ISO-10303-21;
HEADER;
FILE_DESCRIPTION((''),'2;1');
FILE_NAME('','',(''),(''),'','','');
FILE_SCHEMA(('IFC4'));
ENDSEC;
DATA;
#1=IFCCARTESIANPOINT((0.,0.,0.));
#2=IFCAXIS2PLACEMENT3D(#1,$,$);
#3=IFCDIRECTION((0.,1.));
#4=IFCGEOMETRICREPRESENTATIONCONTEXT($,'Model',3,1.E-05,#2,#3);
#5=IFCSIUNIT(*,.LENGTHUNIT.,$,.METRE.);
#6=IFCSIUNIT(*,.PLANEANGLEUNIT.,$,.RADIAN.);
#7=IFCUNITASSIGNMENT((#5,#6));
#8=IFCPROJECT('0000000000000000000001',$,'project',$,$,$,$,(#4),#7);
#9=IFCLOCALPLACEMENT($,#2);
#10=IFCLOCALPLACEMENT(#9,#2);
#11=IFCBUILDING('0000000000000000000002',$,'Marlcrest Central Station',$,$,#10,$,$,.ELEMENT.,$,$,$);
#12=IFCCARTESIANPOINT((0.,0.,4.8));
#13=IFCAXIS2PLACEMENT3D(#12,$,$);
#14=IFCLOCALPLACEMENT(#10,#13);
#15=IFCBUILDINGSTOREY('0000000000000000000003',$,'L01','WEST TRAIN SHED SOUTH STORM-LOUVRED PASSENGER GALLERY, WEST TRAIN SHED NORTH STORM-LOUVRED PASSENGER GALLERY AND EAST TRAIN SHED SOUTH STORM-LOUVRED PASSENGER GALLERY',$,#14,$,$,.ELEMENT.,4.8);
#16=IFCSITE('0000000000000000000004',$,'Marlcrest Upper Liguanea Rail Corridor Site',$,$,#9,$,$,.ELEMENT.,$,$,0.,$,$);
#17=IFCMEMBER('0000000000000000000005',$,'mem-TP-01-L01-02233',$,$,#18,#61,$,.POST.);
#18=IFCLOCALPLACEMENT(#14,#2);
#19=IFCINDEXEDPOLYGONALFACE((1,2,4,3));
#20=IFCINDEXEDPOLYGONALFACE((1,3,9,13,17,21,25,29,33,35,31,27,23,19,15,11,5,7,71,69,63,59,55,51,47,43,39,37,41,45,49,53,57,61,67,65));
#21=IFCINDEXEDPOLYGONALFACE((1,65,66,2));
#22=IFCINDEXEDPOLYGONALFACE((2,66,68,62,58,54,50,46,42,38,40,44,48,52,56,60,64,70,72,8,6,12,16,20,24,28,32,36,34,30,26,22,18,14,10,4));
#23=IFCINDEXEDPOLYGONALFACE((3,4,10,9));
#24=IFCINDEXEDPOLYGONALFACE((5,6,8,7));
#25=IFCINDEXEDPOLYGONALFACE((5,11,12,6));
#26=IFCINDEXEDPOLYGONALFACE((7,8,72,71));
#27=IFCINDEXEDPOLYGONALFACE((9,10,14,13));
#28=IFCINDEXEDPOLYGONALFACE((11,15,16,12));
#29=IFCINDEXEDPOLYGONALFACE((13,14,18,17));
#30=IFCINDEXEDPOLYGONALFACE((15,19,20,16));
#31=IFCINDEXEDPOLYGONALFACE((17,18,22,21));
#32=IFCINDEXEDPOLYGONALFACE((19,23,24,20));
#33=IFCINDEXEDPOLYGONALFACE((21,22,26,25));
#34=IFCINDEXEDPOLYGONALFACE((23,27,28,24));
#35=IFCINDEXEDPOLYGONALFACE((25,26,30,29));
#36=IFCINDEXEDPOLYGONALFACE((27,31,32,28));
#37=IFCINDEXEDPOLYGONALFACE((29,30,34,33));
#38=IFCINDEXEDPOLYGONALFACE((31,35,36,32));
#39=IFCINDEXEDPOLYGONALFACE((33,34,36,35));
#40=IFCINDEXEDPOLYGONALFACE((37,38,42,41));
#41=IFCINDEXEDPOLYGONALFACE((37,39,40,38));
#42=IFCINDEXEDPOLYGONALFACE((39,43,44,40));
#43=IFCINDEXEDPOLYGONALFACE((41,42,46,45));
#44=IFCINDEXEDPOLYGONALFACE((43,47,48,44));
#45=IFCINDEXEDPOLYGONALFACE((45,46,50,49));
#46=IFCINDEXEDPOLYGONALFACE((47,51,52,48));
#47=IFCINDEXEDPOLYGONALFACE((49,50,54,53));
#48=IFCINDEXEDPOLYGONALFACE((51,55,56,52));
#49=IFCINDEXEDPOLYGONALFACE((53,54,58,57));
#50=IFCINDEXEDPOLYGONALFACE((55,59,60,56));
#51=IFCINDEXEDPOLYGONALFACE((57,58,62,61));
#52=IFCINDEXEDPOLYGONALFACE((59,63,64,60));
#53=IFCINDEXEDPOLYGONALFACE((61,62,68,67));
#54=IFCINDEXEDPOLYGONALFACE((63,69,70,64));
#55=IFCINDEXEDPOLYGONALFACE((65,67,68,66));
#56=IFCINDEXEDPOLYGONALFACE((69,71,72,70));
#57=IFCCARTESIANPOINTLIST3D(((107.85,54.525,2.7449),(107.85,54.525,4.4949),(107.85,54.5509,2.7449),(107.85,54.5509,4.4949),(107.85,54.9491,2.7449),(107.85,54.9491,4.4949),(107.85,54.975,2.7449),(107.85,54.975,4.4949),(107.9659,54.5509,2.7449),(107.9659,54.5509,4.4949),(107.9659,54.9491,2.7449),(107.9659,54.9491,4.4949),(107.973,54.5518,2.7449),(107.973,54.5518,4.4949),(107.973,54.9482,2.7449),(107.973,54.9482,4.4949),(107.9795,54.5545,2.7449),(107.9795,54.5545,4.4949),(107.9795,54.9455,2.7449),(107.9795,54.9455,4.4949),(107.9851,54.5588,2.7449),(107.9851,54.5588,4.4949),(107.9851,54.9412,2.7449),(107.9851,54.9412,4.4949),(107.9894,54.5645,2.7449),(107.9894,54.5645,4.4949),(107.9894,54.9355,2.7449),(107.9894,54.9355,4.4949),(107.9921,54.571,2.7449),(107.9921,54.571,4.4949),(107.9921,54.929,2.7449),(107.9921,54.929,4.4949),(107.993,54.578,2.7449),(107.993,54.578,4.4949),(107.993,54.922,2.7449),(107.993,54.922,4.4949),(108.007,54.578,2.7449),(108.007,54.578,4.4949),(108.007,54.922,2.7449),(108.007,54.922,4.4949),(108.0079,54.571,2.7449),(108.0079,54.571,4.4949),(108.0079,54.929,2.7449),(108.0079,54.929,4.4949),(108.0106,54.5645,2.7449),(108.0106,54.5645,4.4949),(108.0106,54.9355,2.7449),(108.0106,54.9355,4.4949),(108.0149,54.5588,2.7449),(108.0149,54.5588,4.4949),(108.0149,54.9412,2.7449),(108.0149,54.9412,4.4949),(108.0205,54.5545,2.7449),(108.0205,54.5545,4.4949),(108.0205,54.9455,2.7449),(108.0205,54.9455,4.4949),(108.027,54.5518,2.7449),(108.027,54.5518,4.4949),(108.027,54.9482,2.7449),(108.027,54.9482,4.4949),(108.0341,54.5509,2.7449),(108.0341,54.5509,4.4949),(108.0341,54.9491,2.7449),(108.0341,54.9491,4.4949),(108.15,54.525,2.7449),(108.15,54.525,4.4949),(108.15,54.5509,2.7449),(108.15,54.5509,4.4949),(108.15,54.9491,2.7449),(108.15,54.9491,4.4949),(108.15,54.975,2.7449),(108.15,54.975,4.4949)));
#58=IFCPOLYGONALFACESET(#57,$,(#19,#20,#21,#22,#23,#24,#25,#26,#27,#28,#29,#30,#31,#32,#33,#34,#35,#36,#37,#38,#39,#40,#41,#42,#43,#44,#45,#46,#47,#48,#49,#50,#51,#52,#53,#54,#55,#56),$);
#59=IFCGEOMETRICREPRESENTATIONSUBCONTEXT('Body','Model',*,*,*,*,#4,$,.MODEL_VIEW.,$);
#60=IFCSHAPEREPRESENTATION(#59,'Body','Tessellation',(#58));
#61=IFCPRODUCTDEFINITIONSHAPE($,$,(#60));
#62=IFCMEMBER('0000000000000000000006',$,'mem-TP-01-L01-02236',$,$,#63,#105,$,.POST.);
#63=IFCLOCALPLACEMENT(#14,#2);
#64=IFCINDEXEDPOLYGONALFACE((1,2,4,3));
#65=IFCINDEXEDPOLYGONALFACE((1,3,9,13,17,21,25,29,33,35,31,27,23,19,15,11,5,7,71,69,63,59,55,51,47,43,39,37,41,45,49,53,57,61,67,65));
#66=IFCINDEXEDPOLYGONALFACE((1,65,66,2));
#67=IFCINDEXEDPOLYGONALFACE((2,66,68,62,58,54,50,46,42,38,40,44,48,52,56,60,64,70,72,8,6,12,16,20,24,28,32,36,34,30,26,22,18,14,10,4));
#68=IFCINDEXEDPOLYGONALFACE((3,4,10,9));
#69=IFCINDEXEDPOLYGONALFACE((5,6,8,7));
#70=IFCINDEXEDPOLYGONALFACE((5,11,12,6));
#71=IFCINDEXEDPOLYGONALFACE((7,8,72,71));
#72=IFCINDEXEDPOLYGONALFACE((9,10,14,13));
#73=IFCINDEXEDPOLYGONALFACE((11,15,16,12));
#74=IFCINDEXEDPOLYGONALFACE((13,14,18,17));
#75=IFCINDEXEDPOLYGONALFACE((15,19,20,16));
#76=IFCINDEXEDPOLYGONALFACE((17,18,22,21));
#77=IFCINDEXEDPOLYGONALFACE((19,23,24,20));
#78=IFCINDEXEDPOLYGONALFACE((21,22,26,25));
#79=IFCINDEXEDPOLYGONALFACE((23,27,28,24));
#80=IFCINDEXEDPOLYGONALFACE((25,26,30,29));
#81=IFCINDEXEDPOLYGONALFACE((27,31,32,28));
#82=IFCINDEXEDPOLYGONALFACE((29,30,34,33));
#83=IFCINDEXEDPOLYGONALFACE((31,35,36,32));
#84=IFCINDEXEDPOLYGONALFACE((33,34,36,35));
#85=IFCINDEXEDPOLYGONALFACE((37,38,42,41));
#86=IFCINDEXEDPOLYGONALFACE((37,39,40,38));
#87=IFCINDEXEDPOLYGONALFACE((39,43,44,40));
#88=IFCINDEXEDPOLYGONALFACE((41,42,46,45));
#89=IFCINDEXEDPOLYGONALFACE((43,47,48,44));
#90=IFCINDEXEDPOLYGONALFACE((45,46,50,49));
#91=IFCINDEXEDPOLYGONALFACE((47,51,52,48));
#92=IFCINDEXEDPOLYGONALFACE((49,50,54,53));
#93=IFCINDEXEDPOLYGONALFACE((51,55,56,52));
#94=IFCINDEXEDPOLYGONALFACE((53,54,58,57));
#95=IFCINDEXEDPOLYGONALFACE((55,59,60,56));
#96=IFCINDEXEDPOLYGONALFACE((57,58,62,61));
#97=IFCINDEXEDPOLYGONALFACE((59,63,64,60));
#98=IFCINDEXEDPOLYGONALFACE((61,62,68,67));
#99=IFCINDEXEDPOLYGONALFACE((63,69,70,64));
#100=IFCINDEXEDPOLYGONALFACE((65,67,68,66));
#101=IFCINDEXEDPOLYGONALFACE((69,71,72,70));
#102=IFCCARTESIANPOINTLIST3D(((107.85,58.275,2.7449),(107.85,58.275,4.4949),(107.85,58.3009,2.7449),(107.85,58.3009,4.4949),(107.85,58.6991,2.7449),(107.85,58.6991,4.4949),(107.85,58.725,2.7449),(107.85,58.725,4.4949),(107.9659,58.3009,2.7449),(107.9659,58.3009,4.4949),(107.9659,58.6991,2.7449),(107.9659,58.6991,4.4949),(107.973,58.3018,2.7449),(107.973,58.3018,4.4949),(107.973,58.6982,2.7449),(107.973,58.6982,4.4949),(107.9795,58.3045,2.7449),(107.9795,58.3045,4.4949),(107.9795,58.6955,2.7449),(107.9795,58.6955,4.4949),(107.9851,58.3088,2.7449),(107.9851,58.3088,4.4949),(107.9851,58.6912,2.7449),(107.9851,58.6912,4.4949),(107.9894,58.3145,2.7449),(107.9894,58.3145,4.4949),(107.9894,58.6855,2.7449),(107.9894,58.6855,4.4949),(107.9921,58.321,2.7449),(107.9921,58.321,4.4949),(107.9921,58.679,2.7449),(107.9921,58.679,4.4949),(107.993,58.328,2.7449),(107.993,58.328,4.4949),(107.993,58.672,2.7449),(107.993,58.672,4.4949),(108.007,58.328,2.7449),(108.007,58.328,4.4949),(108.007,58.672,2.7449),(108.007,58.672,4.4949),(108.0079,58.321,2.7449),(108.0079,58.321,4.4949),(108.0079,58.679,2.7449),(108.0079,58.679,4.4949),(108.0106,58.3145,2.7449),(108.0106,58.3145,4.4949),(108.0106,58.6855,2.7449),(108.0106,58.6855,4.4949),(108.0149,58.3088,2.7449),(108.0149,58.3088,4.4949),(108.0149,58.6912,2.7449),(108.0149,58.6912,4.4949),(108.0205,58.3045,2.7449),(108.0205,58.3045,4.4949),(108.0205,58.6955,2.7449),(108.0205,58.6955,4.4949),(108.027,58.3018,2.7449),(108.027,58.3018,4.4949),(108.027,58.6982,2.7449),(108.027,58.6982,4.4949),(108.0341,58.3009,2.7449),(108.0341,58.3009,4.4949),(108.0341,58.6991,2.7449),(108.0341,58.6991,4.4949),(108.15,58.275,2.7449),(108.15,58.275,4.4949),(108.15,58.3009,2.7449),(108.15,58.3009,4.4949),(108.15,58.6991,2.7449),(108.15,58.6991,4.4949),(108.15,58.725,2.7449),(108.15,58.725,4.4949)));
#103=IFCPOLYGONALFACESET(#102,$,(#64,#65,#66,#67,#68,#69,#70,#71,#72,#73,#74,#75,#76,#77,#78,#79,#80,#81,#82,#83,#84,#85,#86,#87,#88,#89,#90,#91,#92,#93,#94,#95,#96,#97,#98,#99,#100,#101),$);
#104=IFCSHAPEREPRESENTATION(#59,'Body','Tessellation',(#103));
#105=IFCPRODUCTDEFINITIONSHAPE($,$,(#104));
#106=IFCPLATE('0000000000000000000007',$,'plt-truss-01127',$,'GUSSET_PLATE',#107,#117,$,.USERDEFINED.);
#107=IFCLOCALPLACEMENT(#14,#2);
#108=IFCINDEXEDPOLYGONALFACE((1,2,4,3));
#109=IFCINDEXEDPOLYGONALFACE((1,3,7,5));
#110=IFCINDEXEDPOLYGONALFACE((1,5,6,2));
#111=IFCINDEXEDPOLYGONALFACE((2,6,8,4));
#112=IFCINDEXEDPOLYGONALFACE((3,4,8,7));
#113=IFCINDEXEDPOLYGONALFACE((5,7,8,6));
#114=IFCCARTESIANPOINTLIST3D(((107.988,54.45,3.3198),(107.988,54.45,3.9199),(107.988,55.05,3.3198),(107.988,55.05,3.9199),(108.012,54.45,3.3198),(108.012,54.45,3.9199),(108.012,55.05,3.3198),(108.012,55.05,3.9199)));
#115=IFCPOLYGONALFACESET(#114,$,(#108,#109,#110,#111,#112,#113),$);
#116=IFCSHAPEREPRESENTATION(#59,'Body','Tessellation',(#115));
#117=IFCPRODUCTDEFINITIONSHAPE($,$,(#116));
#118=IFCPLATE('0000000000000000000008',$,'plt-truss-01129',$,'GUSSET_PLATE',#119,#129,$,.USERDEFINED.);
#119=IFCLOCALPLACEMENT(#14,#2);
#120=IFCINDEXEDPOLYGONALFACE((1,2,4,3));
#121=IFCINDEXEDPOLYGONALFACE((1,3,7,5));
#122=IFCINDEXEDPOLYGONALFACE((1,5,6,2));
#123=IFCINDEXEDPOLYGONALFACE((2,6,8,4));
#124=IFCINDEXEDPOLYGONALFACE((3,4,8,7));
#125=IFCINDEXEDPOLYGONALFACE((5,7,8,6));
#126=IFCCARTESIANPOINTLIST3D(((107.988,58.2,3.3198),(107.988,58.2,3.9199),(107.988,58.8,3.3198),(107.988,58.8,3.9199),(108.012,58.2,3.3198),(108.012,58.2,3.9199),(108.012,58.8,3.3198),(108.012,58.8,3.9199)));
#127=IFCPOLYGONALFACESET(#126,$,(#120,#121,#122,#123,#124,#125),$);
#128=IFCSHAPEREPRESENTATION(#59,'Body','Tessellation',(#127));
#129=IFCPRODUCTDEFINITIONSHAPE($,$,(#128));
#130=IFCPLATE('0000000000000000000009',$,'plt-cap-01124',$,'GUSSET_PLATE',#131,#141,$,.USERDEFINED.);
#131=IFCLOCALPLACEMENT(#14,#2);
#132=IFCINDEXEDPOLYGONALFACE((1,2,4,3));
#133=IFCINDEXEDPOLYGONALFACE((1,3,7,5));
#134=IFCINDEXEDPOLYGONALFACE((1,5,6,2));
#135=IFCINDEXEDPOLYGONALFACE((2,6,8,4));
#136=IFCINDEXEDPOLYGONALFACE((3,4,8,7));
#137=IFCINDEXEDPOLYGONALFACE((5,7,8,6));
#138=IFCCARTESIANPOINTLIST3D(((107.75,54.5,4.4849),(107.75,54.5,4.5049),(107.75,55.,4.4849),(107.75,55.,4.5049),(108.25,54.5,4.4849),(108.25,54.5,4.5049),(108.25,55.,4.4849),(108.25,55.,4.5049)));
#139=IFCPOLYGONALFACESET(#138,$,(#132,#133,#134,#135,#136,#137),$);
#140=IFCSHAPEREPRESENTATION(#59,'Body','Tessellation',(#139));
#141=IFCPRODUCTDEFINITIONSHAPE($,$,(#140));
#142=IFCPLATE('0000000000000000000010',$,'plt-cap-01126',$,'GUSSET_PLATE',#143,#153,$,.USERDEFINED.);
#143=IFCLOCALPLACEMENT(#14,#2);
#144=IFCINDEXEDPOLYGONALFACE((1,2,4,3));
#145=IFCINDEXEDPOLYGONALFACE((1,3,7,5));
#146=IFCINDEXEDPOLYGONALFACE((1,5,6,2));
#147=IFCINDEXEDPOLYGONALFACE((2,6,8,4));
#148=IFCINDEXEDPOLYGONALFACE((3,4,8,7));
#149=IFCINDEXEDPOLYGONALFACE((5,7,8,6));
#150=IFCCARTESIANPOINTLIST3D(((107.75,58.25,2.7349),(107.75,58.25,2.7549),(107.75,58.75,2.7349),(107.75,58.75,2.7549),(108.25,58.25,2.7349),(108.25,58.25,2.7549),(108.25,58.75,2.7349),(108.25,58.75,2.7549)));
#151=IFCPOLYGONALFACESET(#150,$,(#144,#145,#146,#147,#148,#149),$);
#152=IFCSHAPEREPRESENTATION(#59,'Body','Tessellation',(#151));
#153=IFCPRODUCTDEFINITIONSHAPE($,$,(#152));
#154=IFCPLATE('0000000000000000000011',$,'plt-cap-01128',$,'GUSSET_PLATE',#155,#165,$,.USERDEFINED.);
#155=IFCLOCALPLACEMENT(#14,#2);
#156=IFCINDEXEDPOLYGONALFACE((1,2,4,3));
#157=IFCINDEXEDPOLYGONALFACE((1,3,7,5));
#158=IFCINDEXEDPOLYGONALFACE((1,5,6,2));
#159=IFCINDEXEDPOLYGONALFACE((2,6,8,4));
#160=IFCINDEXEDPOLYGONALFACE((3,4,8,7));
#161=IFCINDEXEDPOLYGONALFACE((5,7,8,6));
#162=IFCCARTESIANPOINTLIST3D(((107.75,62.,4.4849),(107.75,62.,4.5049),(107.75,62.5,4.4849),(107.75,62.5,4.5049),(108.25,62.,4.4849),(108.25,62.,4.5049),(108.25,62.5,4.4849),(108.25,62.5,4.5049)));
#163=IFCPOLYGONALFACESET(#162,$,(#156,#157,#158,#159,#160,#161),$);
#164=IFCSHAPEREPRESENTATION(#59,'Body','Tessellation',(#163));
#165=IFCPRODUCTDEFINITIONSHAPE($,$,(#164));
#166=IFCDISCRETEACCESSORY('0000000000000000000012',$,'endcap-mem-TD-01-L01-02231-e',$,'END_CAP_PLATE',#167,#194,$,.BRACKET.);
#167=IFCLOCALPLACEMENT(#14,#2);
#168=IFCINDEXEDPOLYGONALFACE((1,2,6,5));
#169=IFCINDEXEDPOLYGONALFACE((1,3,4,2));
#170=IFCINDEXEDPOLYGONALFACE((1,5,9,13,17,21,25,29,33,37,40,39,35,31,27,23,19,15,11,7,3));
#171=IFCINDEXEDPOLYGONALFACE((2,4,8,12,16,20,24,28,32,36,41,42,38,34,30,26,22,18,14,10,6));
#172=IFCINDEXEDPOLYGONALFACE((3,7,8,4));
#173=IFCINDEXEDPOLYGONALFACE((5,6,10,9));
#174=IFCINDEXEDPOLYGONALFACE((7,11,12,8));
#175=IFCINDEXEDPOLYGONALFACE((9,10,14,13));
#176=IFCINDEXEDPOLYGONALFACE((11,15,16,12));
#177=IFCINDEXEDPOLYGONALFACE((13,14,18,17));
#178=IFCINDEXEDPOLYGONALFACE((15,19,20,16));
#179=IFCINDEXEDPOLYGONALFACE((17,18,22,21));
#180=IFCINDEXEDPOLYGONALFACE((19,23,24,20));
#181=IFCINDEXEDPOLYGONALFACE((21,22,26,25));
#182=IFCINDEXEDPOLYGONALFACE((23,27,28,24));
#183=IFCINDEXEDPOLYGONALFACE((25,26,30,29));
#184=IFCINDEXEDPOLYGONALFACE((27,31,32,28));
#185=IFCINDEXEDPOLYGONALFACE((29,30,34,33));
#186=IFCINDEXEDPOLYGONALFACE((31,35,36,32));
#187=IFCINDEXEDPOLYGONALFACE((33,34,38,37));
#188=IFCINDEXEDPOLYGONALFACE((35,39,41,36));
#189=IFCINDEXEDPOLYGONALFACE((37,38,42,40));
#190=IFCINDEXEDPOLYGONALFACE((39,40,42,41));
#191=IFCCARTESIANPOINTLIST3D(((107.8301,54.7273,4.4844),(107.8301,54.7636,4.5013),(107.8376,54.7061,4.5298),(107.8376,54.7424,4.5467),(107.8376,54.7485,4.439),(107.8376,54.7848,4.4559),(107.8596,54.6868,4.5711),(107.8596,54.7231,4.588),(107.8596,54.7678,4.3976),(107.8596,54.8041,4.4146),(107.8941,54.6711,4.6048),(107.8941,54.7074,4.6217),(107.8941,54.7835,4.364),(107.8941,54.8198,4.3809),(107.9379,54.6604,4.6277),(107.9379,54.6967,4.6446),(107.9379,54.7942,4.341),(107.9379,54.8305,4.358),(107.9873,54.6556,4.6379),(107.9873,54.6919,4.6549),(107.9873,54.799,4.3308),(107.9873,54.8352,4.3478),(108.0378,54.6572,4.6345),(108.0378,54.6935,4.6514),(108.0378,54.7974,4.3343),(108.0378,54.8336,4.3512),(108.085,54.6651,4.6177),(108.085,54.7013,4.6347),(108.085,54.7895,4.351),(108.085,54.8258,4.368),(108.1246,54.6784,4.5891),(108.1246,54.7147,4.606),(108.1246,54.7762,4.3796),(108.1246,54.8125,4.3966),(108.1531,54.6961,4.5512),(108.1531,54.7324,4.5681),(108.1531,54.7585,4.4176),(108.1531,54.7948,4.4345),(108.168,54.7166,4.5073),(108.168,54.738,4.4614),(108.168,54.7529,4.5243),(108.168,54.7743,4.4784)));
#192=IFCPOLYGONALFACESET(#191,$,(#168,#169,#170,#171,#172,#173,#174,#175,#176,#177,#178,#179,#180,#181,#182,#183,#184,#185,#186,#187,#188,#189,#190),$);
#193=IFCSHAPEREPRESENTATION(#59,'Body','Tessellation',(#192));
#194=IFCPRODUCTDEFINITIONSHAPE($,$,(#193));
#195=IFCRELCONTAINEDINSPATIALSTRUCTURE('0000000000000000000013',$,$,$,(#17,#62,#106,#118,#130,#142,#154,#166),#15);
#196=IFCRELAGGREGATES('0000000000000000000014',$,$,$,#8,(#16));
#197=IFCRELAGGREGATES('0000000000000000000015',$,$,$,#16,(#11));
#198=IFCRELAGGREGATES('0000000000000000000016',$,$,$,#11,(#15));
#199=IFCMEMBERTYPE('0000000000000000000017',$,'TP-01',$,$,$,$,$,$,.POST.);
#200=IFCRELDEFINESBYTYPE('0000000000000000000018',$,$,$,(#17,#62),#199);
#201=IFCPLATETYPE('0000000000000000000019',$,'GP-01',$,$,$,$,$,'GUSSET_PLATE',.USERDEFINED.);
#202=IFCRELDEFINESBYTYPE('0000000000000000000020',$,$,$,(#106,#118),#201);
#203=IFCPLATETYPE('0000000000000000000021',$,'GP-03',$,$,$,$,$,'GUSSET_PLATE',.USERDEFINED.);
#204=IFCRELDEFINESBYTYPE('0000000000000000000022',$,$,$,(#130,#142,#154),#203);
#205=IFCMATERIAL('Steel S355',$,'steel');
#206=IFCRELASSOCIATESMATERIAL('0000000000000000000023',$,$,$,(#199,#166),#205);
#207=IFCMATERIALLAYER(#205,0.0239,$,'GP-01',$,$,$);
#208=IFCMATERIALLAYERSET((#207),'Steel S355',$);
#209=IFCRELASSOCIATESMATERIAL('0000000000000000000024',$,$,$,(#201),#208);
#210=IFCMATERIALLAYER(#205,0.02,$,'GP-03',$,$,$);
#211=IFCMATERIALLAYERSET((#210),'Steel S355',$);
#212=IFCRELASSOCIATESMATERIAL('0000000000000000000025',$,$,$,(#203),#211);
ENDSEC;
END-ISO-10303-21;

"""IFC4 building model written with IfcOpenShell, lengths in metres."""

from ifc_helpers import new_model, si_unit, direction, frame, origin, origin_2d, place, context, subcontext, project, spatial, rectangle, circle, i_section, extrude, material, layer, layer_set, material_profile, profile_set, type_object, element, save


model = new_model("IFC4")

# Units and contexts
model_context = context("Model", 3, precision=1e-05, world=origin(), true_north=direction((0.0, 1.0)))
body_context = subcontext(model_context, "Body", "Model", "MODEL_VIEW")
ifc_project = project(units=[si_unit("LENGTHUNIT", "METRE"), si_unit("PLANEANGLEUNIT", "RADIAN")], contexts=[model_context])

# Site, building, storey
site_placement = place(None, origin())
site = spatial("IfcSite", under=ifc_project, at=site_placement, Name="Marlcrest Upper Liguanea Rail Corridor Site", CompositionType="ELEMENT", RefElevation=0.0)
building_placement = place(site_placement, origin())
building = spatial("IfcBuilding", under=site, at=building_placement, Name="Marlcrest Central Station", CompositionType="ELEMENT")
storey_placement = place(building_placement, frame((0.0, 0.0, 4.8)))
storey = spatial("IfcBuildingStorey", under=building, at=storey_placement, Name="L01", Description="WEST TRAIN SHED SOUTH STORM-LOUVRED PASSENGER GALLERY, WEST TRAIN SHED NORTH STORM-LOUVRED PASSENGER GALLERY AND EAST TRAIN SHED SOUTH STORM-LOUVRED PASSENGER GALLERY", CompositionType="ELEMENT", Elevation=4.8)

# Shared definitions
ifc_material = material(Name="Steel S355", Category="steel")

# Members
ifc_material_profile_1 = material_profile(ifc_material, i_section(OverallWidth=0.3, OverallDepth=0.45, WebThickness=0.0139, FlangeThickness=0.0259, FilletRadius=0.0271, at=origin_2d()), Name="HEB 450")
ifc_profile_set_1 = profile_set([ifc_material_profile_1], Name="Steel S355")
member_type_1 = type_object("IfcMemberType", Name="TP-01", PredefinedType="POST", material=ifc_profile_set_1)
for number, where, z_axis, x_axis, name in (
    (1, (108.0, 54.75, 2.7449), (0.0, 0.0, 1.0), (1.0, 0.0, 0.0), "mem-TP-01-L01-02233"),
    (2, (108.0, 58.5, 2.7449), (0.0, 0.0, 1.0), (1.0, 0.0, 0.0), "mem-TP-01-L01-02236"),
):
    element("IfcMember", number, at=place(storey_placement, frame(where, z_axis=z_axis, x_axis=x_axis)), inside=storey, type_object=member_type_1, Name=name, PredefinedType="POST", context=body_context, shape_type="SweptSolid", body=[
        extrude(i_section(OverallWidth=0.3, OverallDepth=0.45, WebThickness=0.0139, FlangeThickness=0.0259, FilletRadius=0.0271, at=origin_2d()), origin(), (0.0, 0.0, 1.0), 1.75),
    ])

# Plates
ifc_layer_1 = layer(ifc_material, 0.0239, Name="GP-01")
ifc_layer_set_1 = layer_set([ifc_layer_1], Name="Steel S355")
plate_type_1 = type_object("IfcPlateType", Name="GP-01", ElementType="GUSSET_PLATE", PredefinedType="USERDEFINED", material=ifc_layer_set_1)
for number, where, z_axis, x_axis, name in (
    (3, (108.0, 54.75, 3.3198), (0.0, 0.0, 1.0), (1.0, 0.0, 0.0), "plt-truss-01127"),
    (4, (108.0, 58.5, 3.3198), (0.0, 0.0, 1.0), (1.0, 0.0, 0.0), "plt-truss-01129"),
):
    element("IfcPlate", number, at=place(storey_placement, frame(where, z_axis=z_axis, x_axis=x_axis)), inside=storey, type_object=plate_type_1, Name=name, ObjectType="GUSSET_PLATE", PredefinedType="USERDEFINED", context=body_context, shape_type="SweptSolid", body=[
        extrude(rectangle(XDim=0.0239, YDim=0.6001, at=origin_2d()), origin(), (0.0, 0.0, 1.0), 0.6001),
    ])
ifc_layer_2 = layer(ifc_material, 0.02, Name="GP-03")
ifc_layer_set_2 = layer_set([ifc_layer_2], Name="Steel S355")
plate_type_2 = type_object("IfcPlateType", Name="GP-03", ElementType="GUSSET_PLATE", PredefinedType="USERDEFINED", material=ifc_layer_set_2)
for number, where, z_axis, x_axis, name in (
    (5, (108.0, 54.75, 4.4849), (0.0, 0.0, 1.0), (1.0, 0.0, 0.0), "plt-cap-01124"),
    (6, (108.0, 58.5, 2.7349), (0.0, 0.0, 1.0), (1.0, 0.0, 0.0), "plt-cap-01126"),
    (7, (108.0, 62.25, 4.4849), (0.0, 0.0, 1.0), (1.0, 0.0, 0.0), "plt-cap-01128"),
):
    element("IfcPlate", number, at=place(storey_placement, frame(where, z_axis=z_axis, x_axis=x_axis)), inside=storey, type_object=plate_type_2, Name=name, ObjectType="GUSSET_PLATE", PredefinedType="USERDEFINED", context=body_context, shape_type="SweptSolid", body=[
        extrude(rectangle(XDim=0.5, YDim=0.5, at=origin_2d()), origin(), (0.0, 0.0, 1.0), 0.02),
    ])

# Discrete accessory
for number, where, z_axis, x_axis, name in (
    (8, (108.0, 54.7273, 4.4844), (0.0, 0.906183, 0.422885), (-1.0, 0.0, 0.0), "endcap-mem-TD-01-L01-02231-e"),
):
    element("IfcDiscreteAccessory", number, at=place(storey_placement, frame(where, z_axis=z_axis, x_axis=x_axis)), inside=storey, material=ifc_material, Name=name, ObjectType="END_CAP_PLATE", PredefinedType="BRACKET", context=body_context, shape_type="SweptSolid", body=[
        extrude(circle(Radius=0.1699, at=origin_2d()), origin(), (0.0, 0.0, 1.0), 0.04),
    ])

save(model, "model.ifc")
